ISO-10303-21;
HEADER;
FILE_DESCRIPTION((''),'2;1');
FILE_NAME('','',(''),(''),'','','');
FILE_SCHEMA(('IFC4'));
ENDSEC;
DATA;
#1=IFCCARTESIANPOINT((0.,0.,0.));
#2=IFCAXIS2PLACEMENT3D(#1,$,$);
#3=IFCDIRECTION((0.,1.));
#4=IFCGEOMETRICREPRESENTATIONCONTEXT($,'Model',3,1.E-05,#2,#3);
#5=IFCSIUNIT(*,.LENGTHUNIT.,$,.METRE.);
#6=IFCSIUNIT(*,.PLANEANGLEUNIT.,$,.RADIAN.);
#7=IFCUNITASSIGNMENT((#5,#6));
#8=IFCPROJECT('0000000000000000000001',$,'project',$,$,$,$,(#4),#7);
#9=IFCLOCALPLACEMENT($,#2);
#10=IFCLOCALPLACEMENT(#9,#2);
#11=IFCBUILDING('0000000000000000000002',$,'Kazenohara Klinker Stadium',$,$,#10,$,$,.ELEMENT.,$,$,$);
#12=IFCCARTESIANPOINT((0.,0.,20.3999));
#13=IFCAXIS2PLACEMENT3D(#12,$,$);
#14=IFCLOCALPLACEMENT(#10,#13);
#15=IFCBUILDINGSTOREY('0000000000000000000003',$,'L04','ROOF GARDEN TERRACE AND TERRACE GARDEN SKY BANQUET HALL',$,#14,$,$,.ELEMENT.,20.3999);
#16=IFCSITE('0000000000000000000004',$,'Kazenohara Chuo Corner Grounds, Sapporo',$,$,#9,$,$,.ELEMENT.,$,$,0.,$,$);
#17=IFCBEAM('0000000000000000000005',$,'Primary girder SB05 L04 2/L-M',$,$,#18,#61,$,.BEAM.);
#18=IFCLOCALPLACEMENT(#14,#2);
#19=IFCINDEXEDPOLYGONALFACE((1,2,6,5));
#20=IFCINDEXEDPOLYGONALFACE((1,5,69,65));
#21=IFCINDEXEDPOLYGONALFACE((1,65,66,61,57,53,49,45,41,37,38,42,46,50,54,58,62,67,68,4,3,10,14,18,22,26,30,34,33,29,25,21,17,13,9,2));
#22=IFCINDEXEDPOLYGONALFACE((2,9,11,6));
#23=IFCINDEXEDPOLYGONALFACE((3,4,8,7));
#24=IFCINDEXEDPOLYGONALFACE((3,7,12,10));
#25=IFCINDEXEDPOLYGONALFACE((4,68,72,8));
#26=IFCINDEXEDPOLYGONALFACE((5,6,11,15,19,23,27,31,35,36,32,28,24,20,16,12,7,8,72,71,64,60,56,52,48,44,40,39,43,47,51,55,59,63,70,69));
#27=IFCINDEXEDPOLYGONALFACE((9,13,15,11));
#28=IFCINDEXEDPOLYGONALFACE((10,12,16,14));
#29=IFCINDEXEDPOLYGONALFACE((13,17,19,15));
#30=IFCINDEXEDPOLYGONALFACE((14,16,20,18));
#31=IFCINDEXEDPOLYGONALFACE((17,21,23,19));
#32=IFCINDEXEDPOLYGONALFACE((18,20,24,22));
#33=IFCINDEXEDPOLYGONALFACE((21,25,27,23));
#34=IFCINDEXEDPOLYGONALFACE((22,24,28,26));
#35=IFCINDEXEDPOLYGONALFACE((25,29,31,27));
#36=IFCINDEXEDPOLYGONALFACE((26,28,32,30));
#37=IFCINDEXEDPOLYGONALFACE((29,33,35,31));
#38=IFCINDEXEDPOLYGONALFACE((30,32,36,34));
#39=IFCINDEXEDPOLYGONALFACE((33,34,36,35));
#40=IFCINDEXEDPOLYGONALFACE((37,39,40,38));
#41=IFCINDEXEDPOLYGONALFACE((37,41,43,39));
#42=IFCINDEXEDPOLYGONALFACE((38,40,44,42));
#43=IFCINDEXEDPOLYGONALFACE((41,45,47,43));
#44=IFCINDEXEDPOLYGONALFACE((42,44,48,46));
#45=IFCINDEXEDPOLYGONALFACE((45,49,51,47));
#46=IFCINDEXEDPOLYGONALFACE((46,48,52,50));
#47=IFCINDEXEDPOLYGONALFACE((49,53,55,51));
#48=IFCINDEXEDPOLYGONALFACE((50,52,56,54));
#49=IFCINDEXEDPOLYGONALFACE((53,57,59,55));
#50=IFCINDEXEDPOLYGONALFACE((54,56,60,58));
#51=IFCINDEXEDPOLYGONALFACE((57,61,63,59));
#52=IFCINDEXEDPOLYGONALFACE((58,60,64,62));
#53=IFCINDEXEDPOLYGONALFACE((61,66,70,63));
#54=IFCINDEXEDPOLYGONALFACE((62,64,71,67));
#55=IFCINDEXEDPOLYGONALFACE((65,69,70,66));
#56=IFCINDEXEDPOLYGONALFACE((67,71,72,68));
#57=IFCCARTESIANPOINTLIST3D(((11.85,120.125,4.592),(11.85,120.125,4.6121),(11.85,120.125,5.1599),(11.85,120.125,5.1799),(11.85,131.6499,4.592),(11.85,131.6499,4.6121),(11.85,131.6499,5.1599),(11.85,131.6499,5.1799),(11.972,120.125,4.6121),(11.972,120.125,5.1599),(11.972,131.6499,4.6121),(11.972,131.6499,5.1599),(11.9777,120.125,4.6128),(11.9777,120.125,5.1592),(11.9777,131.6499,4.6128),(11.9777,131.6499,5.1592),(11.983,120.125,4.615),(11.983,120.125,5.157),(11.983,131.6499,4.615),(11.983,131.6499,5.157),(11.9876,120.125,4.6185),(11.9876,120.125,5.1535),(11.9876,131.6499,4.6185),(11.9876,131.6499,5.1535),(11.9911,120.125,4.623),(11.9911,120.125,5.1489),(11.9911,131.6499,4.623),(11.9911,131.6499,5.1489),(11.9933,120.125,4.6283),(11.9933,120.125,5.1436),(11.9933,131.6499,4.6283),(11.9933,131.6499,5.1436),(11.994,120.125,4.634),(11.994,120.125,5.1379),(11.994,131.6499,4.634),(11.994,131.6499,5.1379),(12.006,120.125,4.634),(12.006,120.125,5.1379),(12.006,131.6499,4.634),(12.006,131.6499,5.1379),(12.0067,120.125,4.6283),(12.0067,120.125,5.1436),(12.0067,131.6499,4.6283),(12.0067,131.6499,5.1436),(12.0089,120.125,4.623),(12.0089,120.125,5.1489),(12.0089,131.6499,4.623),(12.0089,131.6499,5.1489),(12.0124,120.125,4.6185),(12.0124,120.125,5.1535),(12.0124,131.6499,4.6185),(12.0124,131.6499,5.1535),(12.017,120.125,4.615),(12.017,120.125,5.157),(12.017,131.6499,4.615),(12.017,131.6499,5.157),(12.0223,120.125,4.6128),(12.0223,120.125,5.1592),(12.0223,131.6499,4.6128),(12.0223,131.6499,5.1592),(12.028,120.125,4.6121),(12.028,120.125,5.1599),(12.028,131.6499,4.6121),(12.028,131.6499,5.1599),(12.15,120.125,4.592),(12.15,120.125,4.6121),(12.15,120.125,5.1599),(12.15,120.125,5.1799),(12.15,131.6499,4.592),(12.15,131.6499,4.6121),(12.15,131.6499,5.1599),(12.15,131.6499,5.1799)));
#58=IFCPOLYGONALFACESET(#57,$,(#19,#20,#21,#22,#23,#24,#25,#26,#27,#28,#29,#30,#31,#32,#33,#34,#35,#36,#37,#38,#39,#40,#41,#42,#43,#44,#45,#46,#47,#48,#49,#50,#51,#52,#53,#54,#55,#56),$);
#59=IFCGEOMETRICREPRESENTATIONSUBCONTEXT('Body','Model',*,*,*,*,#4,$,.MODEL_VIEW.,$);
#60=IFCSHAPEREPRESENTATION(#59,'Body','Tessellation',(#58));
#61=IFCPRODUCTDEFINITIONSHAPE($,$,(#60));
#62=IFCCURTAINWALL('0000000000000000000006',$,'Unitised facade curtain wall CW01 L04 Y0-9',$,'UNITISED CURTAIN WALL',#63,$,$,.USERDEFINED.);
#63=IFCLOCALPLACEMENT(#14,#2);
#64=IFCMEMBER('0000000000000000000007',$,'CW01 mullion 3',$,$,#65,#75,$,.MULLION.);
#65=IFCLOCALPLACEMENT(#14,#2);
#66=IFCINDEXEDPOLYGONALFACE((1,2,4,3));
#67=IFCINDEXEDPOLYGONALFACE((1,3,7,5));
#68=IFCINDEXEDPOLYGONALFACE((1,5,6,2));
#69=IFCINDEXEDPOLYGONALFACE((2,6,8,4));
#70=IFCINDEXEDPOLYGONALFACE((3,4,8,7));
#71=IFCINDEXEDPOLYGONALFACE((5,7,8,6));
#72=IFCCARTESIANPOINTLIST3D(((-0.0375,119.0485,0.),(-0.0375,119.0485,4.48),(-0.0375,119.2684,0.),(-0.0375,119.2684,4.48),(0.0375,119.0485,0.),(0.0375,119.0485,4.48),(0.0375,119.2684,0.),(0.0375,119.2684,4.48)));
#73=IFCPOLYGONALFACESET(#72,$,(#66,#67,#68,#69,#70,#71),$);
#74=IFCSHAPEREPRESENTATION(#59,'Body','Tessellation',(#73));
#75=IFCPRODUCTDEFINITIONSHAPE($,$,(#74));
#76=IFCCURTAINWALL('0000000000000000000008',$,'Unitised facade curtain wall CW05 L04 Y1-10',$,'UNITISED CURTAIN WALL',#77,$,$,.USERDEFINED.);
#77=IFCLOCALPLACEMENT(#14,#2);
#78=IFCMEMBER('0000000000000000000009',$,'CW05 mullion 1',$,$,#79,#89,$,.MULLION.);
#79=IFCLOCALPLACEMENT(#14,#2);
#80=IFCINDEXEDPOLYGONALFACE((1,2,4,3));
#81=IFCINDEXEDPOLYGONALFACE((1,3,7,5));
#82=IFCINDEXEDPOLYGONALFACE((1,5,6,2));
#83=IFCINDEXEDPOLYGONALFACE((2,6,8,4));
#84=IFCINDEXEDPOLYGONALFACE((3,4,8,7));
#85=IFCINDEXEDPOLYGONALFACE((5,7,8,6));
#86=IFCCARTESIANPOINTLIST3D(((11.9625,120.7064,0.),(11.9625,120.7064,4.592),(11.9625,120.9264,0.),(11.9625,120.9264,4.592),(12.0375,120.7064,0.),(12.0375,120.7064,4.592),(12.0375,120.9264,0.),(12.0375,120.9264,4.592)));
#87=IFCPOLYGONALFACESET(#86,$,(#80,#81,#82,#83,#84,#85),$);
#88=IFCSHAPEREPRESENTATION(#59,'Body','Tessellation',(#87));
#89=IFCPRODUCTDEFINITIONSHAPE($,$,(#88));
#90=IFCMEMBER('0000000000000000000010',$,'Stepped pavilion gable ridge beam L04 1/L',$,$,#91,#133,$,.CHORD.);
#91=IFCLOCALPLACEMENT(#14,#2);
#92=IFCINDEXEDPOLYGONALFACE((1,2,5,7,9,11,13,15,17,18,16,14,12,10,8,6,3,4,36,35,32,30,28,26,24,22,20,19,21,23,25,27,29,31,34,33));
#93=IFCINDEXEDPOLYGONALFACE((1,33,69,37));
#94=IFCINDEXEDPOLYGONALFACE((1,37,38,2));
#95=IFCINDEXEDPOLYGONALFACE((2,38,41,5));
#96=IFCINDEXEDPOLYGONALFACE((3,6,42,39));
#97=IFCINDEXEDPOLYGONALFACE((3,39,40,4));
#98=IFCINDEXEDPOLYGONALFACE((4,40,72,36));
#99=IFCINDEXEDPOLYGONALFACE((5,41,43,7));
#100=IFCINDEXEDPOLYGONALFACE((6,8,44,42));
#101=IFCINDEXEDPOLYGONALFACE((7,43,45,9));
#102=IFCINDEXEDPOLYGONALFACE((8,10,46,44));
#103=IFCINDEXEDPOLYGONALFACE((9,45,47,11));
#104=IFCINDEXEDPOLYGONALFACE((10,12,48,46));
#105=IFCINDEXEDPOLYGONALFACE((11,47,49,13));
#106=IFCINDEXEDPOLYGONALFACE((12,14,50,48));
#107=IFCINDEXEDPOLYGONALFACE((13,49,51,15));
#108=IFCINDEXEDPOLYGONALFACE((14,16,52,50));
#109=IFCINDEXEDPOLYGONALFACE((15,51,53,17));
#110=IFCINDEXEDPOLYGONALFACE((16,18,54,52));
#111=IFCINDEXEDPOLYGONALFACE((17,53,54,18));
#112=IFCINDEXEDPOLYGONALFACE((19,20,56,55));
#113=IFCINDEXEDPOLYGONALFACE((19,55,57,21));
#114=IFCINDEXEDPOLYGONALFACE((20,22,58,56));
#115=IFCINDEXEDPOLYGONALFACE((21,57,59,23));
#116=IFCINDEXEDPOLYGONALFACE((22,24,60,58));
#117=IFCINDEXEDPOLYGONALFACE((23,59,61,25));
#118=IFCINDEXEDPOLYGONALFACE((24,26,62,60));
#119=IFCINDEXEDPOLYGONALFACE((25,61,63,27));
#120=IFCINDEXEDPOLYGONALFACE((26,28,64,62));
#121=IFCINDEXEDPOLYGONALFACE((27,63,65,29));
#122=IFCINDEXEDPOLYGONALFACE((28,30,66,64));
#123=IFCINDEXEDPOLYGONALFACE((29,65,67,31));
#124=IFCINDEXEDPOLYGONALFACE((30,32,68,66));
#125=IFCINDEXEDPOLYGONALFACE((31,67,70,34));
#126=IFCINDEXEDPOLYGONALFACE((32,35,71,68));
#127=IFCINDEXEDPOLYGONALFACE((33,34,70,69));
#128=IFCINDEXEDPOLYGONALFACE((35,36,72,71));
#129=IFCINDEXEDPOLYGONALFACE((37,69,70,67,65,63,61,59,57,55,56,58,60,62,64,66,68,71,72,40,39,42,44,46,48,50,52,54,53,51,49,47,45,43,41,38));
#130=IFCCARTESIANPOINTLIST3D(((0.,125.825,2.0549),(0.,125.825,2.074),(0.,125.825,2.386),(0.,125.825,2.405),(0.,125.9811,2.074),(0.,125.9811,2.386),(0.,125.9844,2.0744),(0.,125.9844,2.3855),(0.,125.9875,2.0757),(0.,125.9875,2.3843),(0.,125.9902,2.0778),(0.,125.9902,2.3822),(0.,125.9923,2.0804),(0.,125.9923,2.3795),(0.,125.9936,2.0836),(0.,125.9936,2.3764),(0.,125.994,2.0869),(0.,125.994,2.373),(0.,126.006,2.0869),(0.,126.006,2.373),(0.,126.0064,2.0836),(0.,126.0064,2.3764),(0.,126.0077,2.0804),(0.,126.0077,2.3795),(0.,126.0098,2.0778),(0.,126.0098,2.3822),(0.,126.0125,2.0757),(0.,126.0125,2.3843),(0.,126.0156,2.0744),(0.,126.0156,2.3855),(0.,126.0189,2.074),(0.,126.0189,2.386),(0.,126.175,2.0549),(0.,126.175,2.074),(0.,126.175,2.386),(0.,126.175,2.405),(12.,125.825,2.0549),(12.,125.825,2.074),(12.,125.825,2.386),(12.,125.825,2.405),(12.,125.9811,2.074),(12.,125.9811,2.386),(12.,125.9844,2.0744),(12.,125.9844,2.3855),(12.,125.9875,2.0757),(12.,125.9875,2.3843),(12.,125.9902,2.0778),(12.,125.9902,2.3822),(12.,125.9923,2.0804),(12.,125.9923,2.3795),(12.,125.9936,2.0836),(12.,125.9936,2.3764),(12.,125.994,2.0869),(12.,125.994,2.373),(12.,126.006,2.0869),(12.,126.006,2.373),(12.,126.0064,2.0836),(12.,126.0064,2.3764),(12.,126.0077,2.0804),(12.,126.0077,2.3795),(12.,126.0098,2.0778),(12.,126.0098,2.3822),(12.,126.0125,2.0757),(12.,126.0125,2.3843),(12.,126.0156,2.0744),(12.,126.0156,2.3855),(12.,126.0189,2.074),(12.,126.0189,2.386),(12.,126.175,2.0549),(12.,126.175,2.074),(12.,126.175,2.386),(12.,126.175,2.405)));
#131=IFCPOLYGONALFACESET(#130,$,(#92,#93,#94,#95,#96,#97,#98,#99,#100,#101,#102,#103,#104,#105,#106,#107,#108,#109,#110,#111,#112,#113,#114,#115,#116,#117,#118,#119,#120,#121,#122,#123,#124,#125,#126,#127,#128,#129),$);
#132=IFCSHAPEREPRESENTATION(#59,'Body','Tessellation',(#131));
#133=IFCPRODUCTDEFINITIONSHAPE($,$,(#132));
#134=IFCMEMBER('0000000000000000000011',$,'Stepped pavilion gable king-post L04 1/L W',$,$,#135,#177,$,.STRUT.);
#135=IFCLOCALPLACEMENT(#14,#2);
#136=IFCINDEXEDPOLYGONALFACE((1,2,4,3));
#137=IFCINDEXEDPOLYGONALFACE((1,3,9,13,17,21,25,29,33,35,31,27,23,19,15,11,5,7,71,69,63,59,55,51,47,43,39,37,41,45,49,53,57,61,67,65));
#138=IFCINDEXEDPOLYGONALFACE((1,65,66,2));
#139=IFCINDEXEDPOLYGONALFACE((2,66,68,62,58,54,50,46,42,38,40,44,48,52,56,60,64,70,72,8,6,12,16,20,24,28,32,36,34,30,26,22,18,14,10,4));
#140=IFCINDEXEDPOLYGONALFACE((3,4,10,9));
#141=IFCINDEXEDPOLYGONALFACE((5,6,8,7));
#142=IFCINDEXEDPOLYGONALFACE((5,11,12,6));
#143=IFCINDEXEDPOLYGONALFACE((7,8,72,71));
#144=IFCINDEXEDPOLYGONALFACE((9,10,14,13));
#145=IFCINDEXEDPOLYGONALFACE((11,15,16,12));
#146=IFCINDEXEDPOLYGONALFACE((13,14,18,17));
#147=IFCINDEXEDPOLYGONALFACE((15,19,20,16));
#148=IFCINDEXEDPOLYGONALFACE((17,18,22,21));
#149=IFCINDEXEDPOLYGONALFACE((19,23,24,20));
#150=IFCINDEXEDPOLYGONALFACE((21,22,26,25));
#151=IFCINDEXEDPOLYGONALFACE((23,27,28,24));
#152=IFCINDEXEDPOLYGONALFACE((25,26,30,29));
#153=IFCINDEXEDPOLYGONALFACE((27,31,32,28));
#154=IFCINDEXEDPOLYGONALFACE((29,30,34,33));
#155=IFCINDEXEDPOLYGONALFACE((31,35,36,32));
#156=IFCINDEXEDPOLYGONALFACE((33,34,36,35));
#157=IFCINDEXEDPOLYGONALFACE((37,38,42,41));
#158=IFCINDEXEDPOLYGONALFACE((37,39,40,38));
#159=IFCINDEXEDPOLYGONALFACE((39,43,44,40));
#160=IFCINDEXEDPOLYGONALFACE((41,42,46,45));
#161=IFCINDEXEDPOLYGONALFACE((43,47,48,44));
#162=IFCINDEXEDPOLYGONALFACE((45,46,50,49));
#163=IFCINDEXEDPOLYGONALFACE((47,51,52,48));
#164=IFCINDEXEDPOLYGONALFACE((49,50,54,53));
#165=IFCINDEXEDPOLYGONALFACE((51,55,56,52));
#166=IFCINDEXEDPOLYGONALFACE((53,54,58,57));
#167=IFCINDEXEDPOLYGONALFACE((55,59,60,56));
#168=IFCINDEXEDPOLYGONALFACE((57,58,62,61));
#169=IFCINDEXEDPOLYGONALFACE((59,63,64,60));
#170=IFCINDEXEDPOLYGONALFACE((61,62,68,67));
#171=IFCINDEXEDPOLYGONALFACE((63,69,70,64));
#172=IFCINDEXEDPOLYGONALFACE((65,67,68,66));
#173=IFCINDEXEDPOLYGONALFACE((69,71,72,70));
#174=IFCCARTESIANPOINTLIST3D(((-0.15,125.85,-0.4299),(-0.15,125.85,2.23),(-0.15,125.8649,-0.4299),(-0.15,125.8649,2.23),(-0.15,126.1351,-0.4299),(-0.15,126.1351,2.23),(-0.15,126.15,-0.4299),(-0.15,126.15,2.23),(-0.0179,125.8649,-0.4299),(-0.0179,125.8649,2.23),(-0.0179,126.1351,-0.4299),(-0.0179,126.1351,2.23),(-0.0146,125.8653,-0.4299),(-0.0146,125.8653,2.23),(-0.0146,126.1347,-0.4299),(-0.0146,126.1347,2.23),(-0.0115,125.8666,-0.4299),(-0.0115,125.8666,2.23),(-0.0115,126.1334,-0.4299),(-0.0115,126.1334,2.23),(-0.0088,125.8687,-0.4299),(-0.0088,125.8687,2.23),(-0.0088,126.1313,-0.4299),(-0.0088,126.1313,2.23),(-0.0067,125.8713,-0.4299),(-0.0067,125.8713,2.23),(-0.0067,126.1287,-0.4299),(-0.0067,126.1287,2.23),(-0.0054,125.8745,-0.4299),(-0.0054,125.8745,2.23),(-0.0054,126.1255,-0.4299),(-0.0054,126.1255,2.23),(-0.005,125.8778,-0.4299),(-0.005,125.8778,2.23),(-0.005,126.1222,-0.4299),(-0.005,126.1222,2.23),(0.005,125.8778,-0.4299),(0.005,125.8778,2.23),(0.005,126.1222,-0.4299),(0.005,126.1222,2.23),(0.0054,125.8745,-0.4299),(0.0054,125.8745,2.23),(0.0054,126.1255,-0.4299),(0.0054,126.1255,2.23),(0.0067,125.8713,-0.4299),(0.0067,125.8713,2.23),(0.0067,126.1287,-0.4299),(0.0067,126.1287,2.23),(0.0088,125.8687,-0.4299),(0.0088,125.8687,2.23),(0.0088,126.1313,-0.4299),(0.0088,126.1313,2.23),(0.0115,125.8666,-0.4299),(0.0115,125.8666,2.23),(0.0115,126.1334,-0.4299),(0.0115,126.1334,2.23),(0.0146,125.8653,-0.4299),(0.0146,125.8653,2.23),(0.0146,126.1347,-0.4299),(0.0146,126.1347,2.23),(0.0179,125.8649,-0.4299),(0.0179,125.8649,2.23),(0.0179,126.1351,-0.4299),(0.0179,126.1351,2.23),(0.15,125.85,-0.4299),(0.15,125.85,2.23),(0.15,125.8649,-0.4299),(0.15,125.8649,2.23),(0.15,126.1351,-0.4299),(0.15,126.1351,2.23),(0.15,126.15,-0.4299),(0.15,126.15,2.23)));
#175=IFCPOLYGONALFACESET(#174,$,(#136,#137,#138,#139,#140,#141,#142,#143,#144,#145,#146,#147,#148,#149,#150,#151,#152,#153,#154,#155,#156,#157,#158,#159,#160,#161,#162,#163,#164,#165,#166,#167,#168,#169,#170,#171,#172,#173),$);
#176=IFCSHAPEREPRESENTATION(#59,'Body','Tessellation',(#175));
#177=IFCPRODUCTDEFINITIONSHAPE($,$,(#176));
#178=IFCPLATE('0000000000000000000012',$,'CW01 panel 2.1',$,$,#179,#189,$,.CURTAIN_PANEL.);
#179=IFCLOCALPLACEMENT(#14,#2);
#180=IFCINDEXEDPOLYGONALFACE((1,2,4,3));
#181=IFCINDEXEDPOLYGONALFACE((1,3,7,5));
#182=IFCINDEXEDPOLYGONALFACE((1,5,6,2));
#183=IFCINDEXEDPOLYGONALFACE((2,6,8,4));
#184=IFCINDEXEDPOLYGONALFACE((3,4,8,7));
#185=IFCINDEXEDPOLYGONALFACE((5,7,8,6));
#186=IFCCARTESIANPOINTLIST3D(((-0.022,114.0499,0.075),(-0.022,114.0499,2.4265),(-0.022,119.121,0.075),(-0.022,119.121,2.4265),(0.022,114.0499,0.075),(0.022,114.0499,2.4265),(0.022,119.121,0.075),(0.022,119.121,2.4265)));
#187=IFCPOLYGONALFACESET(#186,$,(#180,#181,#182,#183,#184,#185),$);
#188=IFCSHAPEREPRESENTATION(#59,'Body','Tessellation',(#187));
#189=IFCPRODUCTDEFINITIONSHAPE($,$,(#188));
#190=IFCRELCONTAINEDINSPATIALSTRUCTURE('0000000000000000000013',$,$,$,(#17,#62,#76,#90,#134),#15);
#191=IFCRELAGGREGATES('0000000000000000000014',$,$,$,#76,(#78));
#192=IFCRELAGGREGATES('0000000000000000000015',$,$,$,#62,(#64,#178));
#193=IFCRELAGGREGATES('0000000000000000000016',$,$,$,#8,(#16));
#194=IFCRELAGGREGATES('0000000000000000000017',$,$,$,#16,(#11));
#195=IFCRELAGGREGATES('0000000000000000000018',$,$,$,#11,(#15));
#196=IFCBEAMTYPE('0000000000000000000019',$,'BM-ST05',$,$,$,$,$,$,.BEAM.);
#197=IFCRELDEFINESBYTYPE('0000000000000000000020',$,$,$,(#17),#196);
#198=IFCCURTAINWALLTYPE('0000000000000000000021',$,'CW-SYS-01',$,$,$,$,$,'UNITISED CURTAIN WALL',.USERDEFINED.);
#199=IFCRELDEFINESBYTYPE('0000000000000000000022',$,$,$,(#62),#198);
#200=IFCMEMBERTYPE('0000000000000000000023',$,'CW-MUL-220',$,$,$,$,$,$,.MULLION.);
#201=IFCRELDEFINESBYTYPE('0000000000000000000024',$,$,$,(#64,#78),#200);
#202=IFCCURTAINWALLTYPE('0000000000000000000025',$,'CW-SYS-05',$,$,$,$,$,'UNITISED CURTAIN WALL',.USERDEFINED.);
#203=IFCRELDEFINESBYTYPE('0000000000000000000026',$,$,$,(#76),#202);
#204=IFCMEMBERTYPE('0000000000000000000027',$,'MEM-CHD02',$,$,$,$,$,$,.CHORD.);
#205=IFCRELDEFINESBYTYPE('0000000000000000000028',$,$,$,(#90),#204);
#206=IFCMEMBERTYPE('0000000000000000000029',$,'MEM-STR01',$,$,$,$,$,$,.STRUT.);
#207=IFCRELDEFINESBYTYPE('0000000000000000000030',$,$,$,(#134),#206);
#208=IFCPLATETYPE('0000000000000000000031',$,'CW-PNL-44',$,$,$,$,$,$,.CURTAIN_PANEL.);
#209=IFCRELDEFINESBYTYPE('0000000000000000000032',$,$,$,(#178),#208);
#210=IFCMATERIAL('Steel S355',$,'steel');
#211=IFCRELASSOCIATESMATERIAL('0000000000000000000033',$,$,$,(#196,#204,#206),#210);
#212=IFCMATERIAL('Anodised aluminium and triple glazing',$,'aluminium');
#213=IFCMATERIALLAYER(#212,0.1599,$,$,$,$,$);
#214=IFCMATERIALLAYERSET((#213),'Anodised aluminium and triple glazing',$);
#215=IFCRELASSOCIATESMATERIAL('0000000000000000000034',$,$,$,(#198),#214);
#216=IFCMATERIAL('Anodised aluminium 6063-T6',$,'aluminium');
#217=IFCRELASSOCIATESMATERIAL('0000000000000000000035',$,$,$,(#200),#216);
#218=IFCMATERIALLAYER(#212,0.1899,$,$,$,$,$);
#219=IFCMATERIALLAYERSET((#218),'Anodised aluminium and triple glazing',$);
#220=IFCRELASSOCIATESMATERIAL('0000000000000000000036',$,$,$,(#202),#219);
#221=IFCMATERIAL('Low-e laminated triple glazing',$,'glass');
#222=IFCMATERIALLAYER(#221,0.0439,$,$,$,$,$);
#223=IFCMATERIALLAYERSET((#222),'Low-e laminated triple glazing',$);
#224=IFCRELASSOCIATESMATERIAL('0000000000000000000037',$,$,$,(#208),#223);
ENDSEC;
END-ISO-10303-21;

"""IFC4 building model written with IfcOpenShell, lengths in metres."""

from ifc_helpers import new_model, si_unit, direction, frame, origin, origin_2d, place, context, subcontext, project, spatial, rectangle, i_section, extrude, material, layer, layer_set, material_profile, profile_set, type_object, element, aggregate, save


model = new_model("IFC4")

# Units and contexts
model_context = context("Model", 3, precision=1e-05, world=origin(), true_north=direction((0.0, 1.0)))
body_context = subcontext(model_context, "Body", "Model", "MODEL_VIEW")
ifc_project = project(units=[si_unit("LENGTHUNIT", "METRE"), si_unit("PLANEANGLEUNIT", "RADIAN")], contexts=[model_context])

# Site, building, storey
site_placement = place(None, origin())
site = spatial("IfcSite", under=ifc_project, at=site_placement, Name="Kazenohara Chuo Corner Grounds, Sapporo", CompositionType="ELEMENT", RefElevation=0.0)
building_placement = place(site_placement, origin())
building = spatial("IfcBuilding", under=site, at=building_placement, Name="Kazenohara Klinker Stadium", CompositionType="ELEMENT")
storey_placement = place(building_placement, frame((0.0, 0.0, 20.3999)))
storey = spatial("IfcBuildingStorey", under=building, at=storey_placement, Name="L04", Description="ROOF GARDEN TERRACE AND TERRACE GARDEN SKY BANQUET HALL", CompositionType="ELEMENT", Elevation=20.3999)

# Shared definitions
ifc_material_1 = material(Name="Steel S355", Category="steel")

# Beam
ifc_material_profile_1 = material_profile(ifc_material_1, i_section(OverallWidth=0.3, OverallDepth=0.5879, WebThickness=0.012, FlangeThickness=0.02, FilletRadius=0.022, at=origin_2d()), Name="H-588x300x12x20")
ifc_profile_set_1 = profile_set([ifc_material_profile_1], Name="Steel S355")
beam_type_1 = type_object("IfcBeamType", Name="BM-ST05", PredefinedType="BEAM", material=ifc_profile_set_1)
beam_1_placement = place(storey_placement, frame((12.0, 120.125, 4.886), z_axis=(0.0, 1.0, 0.0), x_axis=(-1.0, 0.0, 0.0)))
element("IfcBeam", 1, at=beam_1_placement, inside=storey, type_object=beam_type_1, Name="Primary girder SB05 L04 2/L-M", PredefinedType="BEAM", context=body_context, shape_type="SweptSolid", body=[
    extrude(i_section(OverallWidth=0.3, OverallDepth=0.5879, WebThickness=0.012, FlangeThickness=0.02, FilletRadius=0.022, at=origin_2d()), origin(), (0.0, 0.0, 1.0), 11.5249),
])

# Curtain walls, members
ifc_material_2 = material(Name="Anodised aluminium and triple glazing", Category="aluminium")
ifc_layer_1 = layer(ifc_material_2, 0.1599)
ifc_layer_set_1 = layer_set([ifc_layer_1], Name="Anodised aluminium and triple glazing")
curtain_wall_type_1 = type_object("IfcCurtainWallType", Name="CW-SYS-01", ElementType="UNITISED CURTAIN WALL", PredefinedType="USERDEFINED", material=ifc_layer_set_1)
curtain_wall_1_placement = place(storey_placement, origin())
curtain_wall_1 = element("IfcCurtainWall", 2, at=curtain_wall_1_placement, inside=storey, type_object=curtain_wall_type_1, Name="Unitised facade curtain wall CW01 L04 Y0-9", ObjectType="UNITISED CURTAIN WALL", PredefinedType="USERDEFINED")
ifc_material_3 = material(Name="Anodised aluminium 6063-T6", Category="aluminium")
ifc_material_profile_2 = material_profile(ifc_material_3, rectangle(XDim=0.075, YDim=0.22, at=origin_2d()), Name="ALU-MUL-75x220")
ifc_profile_set_2 = profile_set([ifc_material_profile_2], Name="Anodised aluminium 6063-T6")
member_type_1 = type_object("IfcMemberType", Name="CW-MUL-220", PredefinedType="MULLION", material=ifc_profile_set_2)
member_1_placement = place(storey_placement, frame((0.0, 119.1584, 0.0), z_axis=(0.0, 0.0, 1.0), x_axis=(-1.0, 0.0, 0.0)))
member_1 = element("IfcMember", 3, at=member_1_placement, type_object=member_type_1, Name="CW01 mullion 3", PredefinedType="MULLION", context=body_context, shape_type="SweptSolid", body=[
    extrude(rectangle(XDim=0.075, YDim=0.22, at=origin_2d()), origin(), (0.0, 0.0, 1.0), 4.48),
])
ifc_layer_2 = layer(ifc_material_2, 0.1899)
ifc_layer_set_2 = layer_set([ifc_layer_2], Name="Anodised aluminium and triple glazing")
curtain_wall_type_2 = type_object("IfcCurtainWallType", Name="CW-SYS-05", ElementType="UNITISED CURTAIN WALL", PredefinedType="USERDEFINED", material=ifc_layer_set_2)
curtain_wall_2_placement = place(storey_placement, origin())
curtain_wall_2 = element("IfcCurtainWall", 4, at=curtain_wall_2_placement, inside=storey, type_object=curtain_wall_type_2, Name="Unitised facade curtain wall CW05 L04 Y1-10", ObjectType="UNITISED CURTAIN WALL", PredefinedType="USERDEFINED")
member_2_placement = place(storey_placement, frame((12.0, 120.8164, 0.0), z_axis=(0.0, 0.0, 1.0), x_axis=(-1.0, 0.0, 0.0)))
member_2 = element("IfcMember", 5, at=member_2_placement, type_object=member_type_1, Name="CW05 mullion 1", PredefinedType="MULLION", context=body_context, shape_type="SweptSolid", body=[
    extrude(rectangle(XDim=0.075, YDim=0.22, at=origin_2d()), origin(), (0.0, 0.0, 1.0), 4.592),
])
aggregate(curtain_wall_2, [member_2])

# Members
ifc_material_profile_3 = material_profile(ifc_material_1, i_section(OverallWidth=0.3501, OverallDepth=0.3501, WebThickness=0.012, FlangeThickness=0.019, FilletRadius=0.0129, at=origin_2d()), Name="H-350x350x12x19")
ifc_profile_set_3 = profile_set([ifc_material_profile_3], Name="Steel S355")
member_type_2 = type_object("IfcMemberType", Name="MEM-CHD02", PredefinedType="CHORD", material=ifc_profile_set_3)
member_3_placement = place(storey_placement, frame((0.0, 126.0, 2.23), z_axis=(1.0, 0.0, 0.0), x_axis=(0.0, 1.0, 0.0)))
element("IfcMember", 6, at=member_3_placement, inside=storey, type_object=member_type_2, Name="Stepped pavilion gable ridge beam L04 1/L", PredefinedType="CHORD", context=body_context, shape_type="SweptSolid", body=[
    extrude(i_section(OverallWidth=0.3501, OverallDepth=0.3501, WebThickness=0.012, FlangeThickness=0.019, FilletRadius=0.0129, at=origin_2d()), origin(), (0.0, 0.0, 1.0), 12.0),
])
ifc_material_profile_4 = material_profile(ifc_material_1, i_section(OverallWidth=0.3, OverallDepth=0.3, WebThickness=0.01, FlangeThickness=0.0149, FilletRadius=0.0129, at=origin_2d()), Name="H-300x300x10x15")
ifc_profile_set_4 = profile_set([ifc_material_profile_4], Name="Steel S355")
member_type_3 = type_object("IfcMemberType", Name="MEM-STR01", PredefinedType="STRUT", material=ifc_profile_set_4)
member_4_placement = place(storey_placement, frame((0.0, 126.0, -0.4299), z_axis=(0.0, 0.0, 1.0), x_axis=(1.0, 0.0, 0.0)))
element("IfcMember", 7, at=member_4_placement, inside=storey, type_object=member_type_3, Name="Stepped pavilion gable king-post L04 1/L W", PredefinedType="STRUT", context=body_context, shape_type="SweptSolid", body=[
    extrude(i_section(OverallWidth=0.3, OverallDepth=0.3, WebThickness=0.01, FlangeThickness=0.0149, FilletRadius=0.0129, at=origin_2d()), origin(), (0.0, 0.0, 1.0), 2.6599),
])

# Plate
ifc_material_4 = material(Name="Low-e laminated triple glazing", Category="glass")
ifc_layer_3 = layer(ifc_material_4, 0.0439)
ifc_layer_set_3 = layer_set([ifc_layer_3], Name="Low-e laminated triple glazing")
plate_type_1 = type_object("IfcPlateType", Name="CW-PNL-44", PredefinedType="CURTAIN_PANEL", material=ifc_layer_set_3)
plate_1_placement = place(storey_placement, frame((0.0, 116.5854, 0.075), z_axis=(0.0, 0.0, 1.0), x_axis=(0.0, 1.0, 0.0)))
plate_1 = element("IfcPlate", 8, at=plate_1_placement, type_object=plate_type_1, Name="CW01 panel 2.1", PredefinedType="CURTAIN_PANEL", context=body_context, shape_type="SweptSolid", body=[
    extrude(rectangle(XDim=5.071, YDim=0.0439, at=origin_2d()), origin(), (0.0, 0.0, 1.0), 2.3516),
])
aggregate(curtain_wall_1, [member_1, plate_1])

save(model, "model.ifc")
